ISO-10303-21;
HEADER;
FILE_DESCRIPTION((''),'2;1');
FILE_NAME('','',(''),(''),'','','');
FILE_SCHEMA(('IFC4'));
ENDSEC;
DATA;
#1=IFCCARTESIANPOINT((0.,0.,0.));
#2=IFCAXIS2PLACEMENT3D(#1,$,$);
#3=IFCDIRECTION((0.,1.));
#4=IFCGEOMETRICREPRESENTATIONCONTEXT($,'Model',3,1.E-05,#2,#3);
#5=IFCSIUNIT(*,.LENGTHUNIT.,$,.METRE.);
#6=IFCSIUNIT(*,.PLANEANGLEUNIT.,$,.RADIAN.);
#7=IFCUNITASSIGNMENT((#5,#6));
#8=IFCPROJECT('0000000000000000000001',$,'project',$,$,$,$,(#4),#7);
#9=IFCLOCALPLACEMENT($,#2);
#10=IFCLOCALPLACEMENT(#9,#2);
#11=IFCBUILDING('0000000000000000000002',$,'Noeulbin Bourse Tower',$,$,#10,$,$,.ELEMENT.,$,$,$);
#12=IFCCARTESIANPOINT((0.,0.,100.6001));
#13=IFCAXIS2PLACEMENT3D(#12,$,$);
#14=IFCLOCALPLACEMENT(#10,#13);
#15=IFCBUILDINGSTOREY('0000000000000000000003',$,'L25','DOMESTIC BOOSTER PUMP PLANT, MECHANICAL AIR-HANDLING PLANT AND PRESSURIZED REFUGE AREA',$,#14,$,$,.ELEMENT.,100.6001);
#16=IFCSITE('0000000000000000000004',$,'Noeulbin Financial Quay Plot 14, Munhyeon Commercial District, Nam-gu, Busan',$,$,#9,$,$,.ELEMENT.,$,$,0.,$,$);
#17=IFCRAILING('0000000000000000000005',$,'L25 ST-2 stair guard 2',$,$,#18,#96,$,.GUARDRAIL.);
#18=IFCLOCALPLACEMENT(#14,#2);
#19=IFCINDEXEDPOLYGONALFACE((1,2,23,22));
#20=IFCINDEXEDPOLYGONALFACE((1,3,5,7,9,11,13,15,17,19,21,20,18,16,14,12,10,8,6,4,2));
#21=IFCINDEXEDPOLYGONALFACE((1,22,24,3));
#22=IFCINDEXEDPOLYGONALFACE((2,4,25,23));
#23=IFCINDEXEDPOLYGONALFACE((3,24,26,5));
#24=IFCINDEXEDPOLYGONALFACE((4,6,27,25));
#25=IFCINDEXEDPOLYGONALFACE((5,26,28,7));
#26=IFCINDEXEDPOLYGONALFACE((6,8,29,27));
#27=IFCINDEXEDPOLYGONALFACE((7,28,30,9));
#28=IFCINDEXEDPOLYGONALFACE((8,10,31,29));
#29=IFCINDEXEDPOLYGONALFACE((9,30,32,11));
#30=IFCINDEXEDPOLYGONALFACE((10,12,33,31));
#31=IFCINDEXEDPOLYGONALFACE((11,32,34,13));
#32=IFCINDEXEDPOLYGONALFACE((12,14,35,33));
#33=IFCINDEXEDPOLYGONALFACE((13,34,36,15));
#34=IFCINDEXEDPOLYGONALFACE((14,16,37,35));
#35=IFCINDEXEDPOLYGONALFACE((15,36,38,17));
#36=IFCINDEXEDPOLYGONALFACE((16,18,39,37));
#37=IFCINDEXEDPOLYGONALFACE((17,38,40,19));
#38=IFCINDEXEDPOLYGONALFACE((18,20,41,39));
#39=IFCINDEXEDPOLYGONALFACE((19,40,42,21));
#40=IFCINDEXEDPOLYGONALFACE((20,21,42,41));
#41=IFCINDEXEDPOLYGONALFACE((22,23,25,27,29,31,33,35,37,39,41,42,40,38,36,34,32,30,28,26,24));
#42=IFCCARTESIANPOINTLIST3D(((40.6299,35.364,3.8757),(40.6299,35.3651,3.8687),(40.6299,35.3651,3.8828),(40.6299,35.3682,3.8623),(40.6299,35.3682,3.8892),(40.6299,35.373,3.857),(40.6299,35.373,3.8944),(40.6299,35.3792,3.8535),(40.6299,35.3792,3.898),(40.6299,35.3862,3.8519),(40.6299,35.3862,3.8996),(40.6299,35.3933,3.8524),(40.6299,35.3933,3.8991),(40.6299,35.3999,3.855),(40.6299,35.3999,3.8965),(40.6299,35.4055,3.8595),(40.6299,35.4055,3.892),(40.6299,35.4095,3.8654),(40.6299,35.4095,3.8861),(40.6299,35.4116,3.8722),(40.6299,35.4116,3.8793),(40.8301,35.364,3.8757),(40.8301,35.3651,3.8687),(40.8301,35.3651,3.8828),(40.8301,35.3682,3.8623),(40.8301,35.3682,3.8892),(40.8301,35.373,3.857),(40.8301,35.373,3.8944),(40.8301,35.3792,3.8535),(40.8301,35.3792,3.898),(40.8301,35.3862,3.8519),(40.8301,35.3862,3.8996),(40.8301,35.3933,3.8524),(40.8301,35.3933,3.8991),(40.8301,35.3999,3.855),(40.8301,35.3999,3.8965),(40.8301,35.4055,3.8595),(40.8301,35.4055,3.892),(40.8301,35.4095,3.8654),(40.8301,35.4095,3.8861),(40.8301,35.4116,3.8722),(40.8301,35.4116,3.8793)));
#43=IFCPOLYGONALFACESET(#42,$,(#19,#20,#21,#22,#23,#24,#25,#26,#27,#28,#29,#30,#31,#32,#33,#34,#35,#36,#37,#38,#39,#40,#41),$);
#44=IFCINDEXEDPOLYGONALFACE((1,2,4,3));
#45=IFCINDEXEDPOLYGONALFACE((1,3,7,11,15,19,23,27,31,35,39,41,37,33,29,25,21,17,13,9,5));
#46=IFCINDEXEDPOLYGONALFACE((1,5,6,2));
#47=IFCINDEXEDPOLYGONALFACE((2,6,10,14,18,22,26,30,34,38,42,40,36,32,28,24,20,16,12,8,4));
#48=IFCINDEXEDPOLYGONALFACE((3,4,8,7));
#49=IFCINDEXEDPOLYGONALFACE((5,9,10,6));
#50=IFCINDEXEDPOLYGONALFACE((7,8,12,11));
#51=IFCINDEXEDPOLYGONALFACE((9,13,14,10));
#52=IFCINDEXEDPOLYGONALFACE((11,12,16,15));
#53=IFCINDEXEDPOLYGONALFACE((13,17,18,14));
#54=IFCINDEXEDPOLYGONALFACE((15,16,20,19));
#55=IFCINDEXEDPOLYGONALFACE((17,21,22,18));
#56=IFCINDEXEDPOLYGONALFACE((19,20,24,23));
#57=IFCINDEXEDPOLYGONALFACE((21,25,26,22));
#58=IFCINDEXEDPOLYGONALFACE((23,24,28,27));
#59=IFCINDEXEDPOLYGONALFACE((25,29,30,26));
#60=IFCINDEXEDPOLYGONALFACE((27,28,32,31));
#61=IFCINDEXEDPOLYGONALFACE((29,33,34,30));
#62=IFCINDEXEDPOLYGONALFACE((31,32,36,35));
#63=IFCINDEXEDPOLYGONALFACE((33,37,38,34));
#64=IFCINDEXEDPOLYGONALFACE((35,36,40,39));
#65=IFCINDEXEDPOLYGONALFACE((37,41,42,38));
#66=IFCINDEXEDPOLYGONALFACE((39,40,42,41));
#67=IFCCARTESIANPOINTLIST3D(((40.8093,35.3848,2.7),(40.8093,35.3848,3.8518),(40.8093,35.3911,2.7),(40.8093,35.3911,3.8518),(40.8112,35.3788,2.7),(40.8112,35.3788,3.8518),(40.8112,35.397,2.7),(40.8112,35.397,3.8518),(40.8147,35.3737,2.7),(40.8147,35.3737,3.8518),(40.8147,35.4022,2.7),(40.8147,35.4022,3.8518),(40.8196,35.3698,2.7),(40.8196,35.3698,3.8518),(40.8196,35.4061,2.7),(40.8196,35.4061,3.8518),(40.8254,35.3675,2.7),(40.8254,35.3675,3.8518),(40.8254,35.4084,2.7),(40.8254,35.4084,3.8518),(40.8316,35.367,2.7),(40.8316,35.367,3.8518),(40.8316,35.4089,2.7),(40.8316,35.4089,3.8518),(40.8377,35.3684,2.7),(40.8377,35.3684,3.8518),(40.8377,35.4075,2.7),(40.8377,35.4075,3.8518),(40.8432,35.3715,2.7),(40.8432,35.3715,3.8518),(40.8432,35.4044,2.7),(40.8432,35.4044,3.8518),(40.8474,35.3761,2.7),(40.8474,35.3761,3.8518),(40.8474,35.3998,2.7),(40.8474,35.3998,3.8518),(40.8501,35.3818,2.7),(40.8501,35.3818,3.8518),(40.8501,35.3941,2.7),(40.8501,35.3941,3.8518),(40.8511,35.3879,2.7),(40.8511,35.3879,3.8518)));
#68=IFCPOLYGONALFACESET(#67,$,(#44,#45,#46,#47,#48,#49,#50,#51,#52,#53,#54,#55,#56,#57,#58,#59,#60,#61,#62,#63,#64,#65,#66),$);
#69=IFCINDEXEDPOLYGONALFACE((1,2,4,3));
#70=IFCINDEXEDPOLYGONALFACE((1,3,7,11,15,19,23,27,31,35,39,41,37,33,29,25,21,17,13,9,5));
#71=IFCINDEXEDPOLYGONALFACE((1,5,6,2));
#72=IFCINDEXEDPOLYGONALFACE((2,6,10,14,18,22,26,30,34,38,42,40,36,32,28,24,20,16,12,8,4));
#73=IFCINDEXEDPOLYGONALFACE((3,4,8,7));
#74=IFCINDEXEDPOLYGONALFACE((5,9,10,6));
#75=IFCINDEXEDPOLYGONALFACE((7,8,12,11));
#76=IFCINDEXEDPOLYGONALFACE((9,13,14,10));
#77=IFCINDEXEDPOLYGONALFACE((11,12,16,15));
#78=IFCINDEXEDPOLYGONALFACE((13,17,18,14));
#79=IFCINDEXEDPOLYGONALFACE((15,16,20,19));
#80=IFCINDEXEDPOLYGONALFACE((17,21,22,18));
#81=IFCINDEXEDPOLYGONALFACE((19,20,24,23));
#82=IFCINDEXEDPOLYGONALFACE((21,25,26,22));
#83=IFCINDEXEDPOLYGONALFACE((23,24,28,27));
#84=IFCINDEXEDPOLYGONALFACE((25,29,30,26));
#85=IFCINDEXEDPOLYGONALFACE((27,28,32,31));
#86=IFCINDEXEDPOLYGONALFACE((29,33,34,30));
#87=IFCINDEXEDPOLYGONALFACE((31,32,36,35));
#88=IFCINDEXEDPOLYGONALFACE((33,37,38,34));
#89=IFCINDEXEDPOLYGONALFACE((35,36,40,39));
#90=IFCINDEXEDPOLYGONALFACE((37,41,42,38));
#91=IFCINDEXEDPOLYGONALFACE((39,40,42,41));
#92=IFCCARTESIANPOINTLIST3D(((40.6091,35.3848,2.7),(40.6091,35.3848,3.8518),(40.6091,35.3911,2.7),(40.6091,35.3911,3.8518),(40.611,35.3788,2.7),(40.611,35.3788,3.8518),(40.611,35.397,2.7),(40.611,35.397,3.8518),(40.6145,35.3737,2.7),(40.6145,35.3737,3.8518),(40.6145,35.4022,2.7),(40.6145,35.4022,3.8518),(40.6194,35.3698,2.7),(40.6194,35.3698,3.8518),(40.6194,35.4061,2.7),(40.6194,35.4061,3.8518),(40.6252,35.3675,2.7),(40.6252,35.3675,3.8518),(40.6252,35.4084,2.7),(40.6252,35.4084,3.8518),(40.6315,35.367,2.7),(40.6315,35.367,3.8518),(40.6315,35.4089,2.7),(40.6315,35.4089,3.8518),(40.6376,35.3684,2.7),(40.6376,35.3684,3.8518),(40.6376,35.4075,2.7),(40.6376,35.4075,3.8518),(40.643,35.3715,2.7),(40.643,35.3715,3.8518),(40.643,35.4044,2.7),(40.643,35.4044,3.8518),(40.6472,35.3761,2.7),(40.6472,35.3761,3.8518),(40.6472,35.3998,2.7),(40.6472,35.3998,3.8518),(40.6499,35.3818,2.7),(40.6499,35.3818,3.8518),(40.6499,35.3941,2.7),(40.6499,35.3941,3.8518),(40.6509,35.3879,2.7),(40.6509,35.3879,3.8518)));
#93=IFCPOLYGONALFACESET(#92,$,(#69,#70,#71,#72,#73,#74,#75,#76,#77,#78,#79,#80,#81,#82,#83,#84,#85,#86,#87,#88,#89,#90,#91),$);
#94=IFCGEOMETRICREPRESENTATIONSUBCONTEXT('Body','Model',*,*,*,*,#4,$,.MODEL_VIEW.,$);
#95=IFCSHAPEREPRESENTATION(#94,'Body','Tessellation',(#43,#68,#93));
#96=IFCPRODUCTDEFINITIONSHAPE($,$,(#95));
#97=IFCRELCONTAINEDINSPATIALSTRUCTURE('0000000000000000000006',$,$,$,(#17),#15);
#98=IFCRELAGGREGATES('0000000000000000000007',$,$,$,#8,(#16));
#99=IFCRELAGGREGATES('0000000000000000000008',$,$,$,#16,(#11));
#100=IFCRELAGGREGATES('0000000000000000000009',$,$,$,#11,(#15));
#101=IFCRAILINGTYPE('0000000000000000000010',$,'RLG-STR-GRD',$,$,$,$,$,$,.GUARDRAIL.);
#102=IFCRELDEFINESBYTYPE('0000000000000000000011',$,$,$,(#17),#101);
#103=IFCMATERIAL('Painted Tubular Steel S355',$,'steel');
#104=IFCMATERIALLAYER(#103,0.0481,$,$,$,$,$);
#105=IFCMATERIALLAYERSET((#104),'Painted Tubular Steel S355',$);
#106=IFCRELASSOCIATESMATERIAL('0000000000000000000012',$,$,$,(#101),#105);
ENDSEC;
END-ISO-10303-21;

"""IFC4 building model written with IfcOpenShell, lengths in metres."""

from ifc_helpers import new_model, si_unit, direction, frame, origin, origin_2d, place, context, subcontext, project, spatial, circle, extrude, material, layer, layer_set, type_object, element, save


model = new_model("IFC4")

# Units and contexts
model_context = context("Model", 3, precision=1e-05, world=origin(), true_north=direction((0.0, 1.0)))
body_context = subcontext(model_context, "Body", "Model", "MODEL_VIEW")
ifc_project = project(units=[si_unit("LENGTHUNIT", "METRE"), si_unit("PLANEANGLEUNIT", "RADIAN")], contexts=[model_context])

# Site, building, storey
site_placement = place(None, origin())
site = spatial("IfcSite", under=ifc_project, at=site_placement, Name="Noeulbin Financial Quay Plot 14, Munhyeon Commercial District, Nam-gu, Busan", CompositionType="ELEMENT", RefElevation=0.0)
building_placement = place(site_placement, origin())
building = spatial("IfcBuilding", under=site, at=building_placement, Name="Noeulbin Bourse Tower", CompositionType="ELEMENT")
storey_placement = place(building_placement, frame((0.0, 0.0, 100.6001)))
storey = spatial("IfcBuildingStorey", under=building, at=storey_placement, Name="L25", Description="DOMESTIC BOOSTER PUMP PLANT, MECHANICAL AIR-HANDLING PLANT AND PRESSURIZED REFUGE AREA", CompositionType="ELEMENT", Elevation=100.6001)

# Railing
ifc_material_1 = material(Name="Painted Tubular Steel S355", Category="steel")
ifc_layer_1 = layer(ifc_material_1, 0.0481)
ifc_layer_set_1 = layer_set([ifc_layer_1], Name="Painted Tubular Steel S355")
railing_type_1 = type_object("IfcRailingType", Name="RLG-STR-GRD", PredefinedType="GUARDRAIL", material=ifc_layer_set_1)
railing_1_placement = place(storey_placement, frame((40.8301, 35.3879, 2.7)))
element("IfcRailing", 1, at=railing_1_placement, inside=storey, type_object=railing_type_1, Name="L25 ST-2 stair guard 2", PredefinedType="GUARDRAIL", context=body_context, shape_type="SweptSolid", body=[
    extrude(circle(Radius=0.0239, at=origin_2d()), frame((0.0, 0.0, 1.1758), z_axis=(-1.0, 0.0, 0.0), x_axis=(0.0, -1.0, 0.0)), (0.0, 0.0, 1.0), 0.2002),
    extrude(circle(Radius=0.021, at=origin_2d()), origin(), (0.0, 0.0, 1.0), 1.1519),
    extrude(circle(Radius=0.021, at=origin_2d()), frame((-0.2002, 0.0, 0.0)), (0.0, 0.0, 1.0), 1.1519),
])

save(model, "model.ifc")
